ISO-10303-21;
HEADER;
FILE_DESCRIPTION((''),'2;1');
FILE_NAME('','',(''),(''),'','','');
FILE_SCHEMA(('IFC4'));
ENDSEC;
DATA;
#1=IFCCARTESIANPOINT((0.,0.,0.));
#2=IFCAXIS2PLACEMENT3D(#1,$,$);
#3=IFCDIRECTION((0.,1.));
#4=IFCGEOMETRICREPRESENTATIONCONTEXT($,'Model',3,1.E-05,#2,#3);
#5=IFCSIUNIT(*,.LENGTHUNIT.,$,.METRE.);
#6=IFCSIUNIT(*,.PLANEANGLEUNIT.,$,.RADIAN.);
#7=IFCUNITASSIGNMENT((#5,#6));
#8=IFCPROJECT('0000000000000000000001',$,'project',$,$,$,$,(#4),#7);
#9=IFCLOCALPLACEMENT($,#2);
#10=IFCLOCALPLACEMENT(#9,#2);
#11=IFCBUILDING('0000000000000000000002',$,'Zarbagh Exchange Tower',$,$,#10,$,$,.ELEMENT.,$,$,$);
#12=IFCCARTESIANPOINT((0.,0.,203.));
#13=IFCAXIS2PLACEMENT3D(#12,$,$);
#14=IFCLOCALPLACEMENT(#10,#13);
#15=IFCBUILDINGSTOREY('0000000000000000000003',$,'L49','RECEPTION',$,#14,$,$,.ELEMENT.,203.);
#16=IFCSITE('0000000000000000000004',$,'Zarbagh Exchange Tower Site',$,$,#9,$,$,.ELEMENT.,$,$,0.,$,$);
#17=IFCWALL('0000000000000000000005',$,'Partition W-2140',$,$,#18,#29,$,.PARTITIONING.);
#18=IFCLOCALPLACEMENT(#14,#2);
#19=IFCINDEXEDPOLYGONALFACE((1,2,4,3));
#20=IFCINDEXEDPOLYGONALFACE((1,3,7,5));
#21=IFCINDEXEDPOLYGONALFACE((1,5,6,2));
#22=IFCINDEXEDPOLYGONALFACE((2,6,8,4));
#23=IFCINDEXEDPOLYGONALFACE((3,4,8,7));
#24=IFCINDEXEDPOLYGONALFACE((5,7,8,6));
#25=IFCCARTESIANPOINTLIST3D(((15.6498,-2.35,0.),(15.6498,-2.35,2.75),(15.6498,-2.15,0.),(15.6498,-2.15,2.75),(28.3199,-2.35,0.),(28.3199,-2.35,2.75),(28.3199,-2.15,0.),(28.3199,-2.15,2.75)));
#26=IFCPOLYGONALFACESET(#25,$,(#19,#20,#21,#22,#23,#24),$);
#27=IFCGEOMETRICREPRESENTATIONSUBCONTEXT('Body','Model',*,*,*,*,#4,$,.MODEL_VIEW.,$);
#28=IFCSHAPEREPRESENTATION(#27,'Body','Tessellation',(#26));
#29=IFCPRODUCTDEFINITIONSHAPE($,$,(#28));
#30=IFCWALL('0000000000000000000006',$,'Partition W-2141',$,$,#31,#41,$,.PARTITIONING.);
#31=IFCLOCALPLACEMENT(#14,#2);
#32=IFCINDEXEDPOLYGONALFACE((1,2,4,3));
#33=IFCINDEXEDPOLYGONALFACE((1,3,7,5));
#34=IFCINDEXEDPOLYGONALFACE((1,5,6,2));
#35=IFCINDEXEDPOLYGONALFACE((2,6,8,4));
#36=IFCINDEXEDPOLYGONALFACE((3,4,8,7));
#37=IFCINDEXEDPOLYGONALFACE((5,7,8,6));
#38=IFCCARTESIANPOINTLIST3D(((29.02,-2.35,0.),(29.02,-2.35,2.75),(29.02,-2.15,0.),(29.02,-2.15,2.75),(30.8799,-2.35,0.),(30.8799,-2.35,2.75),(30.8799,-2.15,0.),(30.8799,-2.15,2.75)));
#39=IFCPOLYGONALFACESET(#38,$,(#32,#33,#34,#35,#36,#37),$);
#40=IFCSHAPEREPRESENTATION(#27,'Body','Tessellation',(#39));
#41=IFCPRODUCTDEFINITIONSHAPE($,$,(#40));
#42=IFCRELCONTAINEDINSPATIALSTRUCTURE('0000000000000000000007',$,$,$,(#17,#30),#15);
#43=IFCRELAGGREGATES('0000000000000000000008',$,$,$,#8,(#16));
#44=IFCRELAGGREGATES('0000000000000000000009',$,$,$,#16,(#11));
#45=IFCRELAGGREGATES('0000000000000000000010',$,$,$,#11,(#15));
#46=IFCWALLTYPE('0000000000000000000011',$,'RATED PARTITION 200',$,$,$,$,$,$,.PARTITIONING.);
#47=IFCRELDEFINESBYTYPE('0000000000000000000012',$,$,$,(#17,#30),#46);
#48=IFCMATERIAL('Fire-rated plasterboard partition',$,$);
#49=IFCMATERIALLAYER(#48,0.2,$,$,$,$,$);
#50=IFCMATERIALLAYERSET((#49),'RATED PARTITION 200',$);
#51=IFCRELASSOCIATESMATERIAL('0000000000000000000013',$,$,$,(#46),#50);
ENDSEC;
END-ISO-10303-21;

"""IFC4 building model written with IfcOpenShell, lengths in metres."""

from ifc_helpers import new_model, si_unit, direction, frame, frame_2d, origin, place, context, subcontext, project, spatial, rectangle, extrude, material, layer, layer_set, type_object, element, save


model = new_model("IFC4")

# Units and contexts
model_context = context("Model", 3, precision=1e-05, world=origin(), true_north=direction((0.0, 1.0)))
body_context = subcontext(model_context, "Body", "Model", "MODEL_VIEW")
ifc_project = project(units=[si_unit("LENGTHUNIT", "METRE"), si_unit("PLANEANGLEUNIT", "RADIAN")], contexts=[model_context])

# Site, building, storey
site_placement = place(None, origin())
site = spatial("IfcSite", under=ifc_project, at=site_placement, Name="Zarbagh Exchange Tower Site", CompositionType="ELEMENT", RefElevation=0.0)
building_placement = place(site_placement, origin())
building = spatial("IfcBuilding", under=site, at=building_placement, Name="Zarbagh Exchange Tower", CompositionType="ELEMENT")
storey_placement = place(building_placement, frame((0.0, 0.0, 203.0)))
storey = spatial("IfcBuildingStorey", under=building, at=storey_placement, Name="L49", Description="RECEPTION", CompositionType="ELEMENT", Elevation=203.0)

# Shared definitions
ifc_material_1 = material(Name="Fire-rated plasterboard partition")
ifc_layer = layer(ifc_material_1, 0.2)
ifc_layer_set = layer_set([ifc_layer], Name="RATED PARTITION 200")
wall_type = type_object("IfcWallType", Name="RATED PARTITION 200", PredefinedType="PARTITIONING", material=ifc_layer_set)

# Walls
wall_1_placement = place(storey_placement, frame((15.6499, -2.25, 0.0), z_axis=(0.0, 0.0, 1.0), x_axis=(1.0, 0.0, 0.0)))
element("IfcWall", 1, at=wall_1_placement, inside=storey, type_object=wall_type, Name="Partition W-2140", PredefinedType="PARTITIONING", context=body_context, shape_type="SweptSolid", body=[
    extrude(rectangle(XDim=12.6702, YDim=0.2, at=frame_2d((6.335, 0.0))), origin(), (0.0, 0.0, 1.0), 2.75),
])
wall_2_placement = place(storey_placement, frame((29.02, -2.25, 0.0), z_axis=(0.0, 0.0, 1.0), x_axis=(1.0, 0.0, 0.0)))
element("IfcWall", 2, at=wall_2_placement, inside=storey, type_object=wall_type, Name="Partition W-2141", PredefinedType="PARTITIONING", context=body_context, shape_type="SweptSolid", body=[
    extrude(rectangle(XDim=1.8599, YDim=0.2, at=frame_2d((0.9299, 0.0))), origin(), (0.0, 0.0, 1.0), 2.75),
])

save(model, "model.ifc")
